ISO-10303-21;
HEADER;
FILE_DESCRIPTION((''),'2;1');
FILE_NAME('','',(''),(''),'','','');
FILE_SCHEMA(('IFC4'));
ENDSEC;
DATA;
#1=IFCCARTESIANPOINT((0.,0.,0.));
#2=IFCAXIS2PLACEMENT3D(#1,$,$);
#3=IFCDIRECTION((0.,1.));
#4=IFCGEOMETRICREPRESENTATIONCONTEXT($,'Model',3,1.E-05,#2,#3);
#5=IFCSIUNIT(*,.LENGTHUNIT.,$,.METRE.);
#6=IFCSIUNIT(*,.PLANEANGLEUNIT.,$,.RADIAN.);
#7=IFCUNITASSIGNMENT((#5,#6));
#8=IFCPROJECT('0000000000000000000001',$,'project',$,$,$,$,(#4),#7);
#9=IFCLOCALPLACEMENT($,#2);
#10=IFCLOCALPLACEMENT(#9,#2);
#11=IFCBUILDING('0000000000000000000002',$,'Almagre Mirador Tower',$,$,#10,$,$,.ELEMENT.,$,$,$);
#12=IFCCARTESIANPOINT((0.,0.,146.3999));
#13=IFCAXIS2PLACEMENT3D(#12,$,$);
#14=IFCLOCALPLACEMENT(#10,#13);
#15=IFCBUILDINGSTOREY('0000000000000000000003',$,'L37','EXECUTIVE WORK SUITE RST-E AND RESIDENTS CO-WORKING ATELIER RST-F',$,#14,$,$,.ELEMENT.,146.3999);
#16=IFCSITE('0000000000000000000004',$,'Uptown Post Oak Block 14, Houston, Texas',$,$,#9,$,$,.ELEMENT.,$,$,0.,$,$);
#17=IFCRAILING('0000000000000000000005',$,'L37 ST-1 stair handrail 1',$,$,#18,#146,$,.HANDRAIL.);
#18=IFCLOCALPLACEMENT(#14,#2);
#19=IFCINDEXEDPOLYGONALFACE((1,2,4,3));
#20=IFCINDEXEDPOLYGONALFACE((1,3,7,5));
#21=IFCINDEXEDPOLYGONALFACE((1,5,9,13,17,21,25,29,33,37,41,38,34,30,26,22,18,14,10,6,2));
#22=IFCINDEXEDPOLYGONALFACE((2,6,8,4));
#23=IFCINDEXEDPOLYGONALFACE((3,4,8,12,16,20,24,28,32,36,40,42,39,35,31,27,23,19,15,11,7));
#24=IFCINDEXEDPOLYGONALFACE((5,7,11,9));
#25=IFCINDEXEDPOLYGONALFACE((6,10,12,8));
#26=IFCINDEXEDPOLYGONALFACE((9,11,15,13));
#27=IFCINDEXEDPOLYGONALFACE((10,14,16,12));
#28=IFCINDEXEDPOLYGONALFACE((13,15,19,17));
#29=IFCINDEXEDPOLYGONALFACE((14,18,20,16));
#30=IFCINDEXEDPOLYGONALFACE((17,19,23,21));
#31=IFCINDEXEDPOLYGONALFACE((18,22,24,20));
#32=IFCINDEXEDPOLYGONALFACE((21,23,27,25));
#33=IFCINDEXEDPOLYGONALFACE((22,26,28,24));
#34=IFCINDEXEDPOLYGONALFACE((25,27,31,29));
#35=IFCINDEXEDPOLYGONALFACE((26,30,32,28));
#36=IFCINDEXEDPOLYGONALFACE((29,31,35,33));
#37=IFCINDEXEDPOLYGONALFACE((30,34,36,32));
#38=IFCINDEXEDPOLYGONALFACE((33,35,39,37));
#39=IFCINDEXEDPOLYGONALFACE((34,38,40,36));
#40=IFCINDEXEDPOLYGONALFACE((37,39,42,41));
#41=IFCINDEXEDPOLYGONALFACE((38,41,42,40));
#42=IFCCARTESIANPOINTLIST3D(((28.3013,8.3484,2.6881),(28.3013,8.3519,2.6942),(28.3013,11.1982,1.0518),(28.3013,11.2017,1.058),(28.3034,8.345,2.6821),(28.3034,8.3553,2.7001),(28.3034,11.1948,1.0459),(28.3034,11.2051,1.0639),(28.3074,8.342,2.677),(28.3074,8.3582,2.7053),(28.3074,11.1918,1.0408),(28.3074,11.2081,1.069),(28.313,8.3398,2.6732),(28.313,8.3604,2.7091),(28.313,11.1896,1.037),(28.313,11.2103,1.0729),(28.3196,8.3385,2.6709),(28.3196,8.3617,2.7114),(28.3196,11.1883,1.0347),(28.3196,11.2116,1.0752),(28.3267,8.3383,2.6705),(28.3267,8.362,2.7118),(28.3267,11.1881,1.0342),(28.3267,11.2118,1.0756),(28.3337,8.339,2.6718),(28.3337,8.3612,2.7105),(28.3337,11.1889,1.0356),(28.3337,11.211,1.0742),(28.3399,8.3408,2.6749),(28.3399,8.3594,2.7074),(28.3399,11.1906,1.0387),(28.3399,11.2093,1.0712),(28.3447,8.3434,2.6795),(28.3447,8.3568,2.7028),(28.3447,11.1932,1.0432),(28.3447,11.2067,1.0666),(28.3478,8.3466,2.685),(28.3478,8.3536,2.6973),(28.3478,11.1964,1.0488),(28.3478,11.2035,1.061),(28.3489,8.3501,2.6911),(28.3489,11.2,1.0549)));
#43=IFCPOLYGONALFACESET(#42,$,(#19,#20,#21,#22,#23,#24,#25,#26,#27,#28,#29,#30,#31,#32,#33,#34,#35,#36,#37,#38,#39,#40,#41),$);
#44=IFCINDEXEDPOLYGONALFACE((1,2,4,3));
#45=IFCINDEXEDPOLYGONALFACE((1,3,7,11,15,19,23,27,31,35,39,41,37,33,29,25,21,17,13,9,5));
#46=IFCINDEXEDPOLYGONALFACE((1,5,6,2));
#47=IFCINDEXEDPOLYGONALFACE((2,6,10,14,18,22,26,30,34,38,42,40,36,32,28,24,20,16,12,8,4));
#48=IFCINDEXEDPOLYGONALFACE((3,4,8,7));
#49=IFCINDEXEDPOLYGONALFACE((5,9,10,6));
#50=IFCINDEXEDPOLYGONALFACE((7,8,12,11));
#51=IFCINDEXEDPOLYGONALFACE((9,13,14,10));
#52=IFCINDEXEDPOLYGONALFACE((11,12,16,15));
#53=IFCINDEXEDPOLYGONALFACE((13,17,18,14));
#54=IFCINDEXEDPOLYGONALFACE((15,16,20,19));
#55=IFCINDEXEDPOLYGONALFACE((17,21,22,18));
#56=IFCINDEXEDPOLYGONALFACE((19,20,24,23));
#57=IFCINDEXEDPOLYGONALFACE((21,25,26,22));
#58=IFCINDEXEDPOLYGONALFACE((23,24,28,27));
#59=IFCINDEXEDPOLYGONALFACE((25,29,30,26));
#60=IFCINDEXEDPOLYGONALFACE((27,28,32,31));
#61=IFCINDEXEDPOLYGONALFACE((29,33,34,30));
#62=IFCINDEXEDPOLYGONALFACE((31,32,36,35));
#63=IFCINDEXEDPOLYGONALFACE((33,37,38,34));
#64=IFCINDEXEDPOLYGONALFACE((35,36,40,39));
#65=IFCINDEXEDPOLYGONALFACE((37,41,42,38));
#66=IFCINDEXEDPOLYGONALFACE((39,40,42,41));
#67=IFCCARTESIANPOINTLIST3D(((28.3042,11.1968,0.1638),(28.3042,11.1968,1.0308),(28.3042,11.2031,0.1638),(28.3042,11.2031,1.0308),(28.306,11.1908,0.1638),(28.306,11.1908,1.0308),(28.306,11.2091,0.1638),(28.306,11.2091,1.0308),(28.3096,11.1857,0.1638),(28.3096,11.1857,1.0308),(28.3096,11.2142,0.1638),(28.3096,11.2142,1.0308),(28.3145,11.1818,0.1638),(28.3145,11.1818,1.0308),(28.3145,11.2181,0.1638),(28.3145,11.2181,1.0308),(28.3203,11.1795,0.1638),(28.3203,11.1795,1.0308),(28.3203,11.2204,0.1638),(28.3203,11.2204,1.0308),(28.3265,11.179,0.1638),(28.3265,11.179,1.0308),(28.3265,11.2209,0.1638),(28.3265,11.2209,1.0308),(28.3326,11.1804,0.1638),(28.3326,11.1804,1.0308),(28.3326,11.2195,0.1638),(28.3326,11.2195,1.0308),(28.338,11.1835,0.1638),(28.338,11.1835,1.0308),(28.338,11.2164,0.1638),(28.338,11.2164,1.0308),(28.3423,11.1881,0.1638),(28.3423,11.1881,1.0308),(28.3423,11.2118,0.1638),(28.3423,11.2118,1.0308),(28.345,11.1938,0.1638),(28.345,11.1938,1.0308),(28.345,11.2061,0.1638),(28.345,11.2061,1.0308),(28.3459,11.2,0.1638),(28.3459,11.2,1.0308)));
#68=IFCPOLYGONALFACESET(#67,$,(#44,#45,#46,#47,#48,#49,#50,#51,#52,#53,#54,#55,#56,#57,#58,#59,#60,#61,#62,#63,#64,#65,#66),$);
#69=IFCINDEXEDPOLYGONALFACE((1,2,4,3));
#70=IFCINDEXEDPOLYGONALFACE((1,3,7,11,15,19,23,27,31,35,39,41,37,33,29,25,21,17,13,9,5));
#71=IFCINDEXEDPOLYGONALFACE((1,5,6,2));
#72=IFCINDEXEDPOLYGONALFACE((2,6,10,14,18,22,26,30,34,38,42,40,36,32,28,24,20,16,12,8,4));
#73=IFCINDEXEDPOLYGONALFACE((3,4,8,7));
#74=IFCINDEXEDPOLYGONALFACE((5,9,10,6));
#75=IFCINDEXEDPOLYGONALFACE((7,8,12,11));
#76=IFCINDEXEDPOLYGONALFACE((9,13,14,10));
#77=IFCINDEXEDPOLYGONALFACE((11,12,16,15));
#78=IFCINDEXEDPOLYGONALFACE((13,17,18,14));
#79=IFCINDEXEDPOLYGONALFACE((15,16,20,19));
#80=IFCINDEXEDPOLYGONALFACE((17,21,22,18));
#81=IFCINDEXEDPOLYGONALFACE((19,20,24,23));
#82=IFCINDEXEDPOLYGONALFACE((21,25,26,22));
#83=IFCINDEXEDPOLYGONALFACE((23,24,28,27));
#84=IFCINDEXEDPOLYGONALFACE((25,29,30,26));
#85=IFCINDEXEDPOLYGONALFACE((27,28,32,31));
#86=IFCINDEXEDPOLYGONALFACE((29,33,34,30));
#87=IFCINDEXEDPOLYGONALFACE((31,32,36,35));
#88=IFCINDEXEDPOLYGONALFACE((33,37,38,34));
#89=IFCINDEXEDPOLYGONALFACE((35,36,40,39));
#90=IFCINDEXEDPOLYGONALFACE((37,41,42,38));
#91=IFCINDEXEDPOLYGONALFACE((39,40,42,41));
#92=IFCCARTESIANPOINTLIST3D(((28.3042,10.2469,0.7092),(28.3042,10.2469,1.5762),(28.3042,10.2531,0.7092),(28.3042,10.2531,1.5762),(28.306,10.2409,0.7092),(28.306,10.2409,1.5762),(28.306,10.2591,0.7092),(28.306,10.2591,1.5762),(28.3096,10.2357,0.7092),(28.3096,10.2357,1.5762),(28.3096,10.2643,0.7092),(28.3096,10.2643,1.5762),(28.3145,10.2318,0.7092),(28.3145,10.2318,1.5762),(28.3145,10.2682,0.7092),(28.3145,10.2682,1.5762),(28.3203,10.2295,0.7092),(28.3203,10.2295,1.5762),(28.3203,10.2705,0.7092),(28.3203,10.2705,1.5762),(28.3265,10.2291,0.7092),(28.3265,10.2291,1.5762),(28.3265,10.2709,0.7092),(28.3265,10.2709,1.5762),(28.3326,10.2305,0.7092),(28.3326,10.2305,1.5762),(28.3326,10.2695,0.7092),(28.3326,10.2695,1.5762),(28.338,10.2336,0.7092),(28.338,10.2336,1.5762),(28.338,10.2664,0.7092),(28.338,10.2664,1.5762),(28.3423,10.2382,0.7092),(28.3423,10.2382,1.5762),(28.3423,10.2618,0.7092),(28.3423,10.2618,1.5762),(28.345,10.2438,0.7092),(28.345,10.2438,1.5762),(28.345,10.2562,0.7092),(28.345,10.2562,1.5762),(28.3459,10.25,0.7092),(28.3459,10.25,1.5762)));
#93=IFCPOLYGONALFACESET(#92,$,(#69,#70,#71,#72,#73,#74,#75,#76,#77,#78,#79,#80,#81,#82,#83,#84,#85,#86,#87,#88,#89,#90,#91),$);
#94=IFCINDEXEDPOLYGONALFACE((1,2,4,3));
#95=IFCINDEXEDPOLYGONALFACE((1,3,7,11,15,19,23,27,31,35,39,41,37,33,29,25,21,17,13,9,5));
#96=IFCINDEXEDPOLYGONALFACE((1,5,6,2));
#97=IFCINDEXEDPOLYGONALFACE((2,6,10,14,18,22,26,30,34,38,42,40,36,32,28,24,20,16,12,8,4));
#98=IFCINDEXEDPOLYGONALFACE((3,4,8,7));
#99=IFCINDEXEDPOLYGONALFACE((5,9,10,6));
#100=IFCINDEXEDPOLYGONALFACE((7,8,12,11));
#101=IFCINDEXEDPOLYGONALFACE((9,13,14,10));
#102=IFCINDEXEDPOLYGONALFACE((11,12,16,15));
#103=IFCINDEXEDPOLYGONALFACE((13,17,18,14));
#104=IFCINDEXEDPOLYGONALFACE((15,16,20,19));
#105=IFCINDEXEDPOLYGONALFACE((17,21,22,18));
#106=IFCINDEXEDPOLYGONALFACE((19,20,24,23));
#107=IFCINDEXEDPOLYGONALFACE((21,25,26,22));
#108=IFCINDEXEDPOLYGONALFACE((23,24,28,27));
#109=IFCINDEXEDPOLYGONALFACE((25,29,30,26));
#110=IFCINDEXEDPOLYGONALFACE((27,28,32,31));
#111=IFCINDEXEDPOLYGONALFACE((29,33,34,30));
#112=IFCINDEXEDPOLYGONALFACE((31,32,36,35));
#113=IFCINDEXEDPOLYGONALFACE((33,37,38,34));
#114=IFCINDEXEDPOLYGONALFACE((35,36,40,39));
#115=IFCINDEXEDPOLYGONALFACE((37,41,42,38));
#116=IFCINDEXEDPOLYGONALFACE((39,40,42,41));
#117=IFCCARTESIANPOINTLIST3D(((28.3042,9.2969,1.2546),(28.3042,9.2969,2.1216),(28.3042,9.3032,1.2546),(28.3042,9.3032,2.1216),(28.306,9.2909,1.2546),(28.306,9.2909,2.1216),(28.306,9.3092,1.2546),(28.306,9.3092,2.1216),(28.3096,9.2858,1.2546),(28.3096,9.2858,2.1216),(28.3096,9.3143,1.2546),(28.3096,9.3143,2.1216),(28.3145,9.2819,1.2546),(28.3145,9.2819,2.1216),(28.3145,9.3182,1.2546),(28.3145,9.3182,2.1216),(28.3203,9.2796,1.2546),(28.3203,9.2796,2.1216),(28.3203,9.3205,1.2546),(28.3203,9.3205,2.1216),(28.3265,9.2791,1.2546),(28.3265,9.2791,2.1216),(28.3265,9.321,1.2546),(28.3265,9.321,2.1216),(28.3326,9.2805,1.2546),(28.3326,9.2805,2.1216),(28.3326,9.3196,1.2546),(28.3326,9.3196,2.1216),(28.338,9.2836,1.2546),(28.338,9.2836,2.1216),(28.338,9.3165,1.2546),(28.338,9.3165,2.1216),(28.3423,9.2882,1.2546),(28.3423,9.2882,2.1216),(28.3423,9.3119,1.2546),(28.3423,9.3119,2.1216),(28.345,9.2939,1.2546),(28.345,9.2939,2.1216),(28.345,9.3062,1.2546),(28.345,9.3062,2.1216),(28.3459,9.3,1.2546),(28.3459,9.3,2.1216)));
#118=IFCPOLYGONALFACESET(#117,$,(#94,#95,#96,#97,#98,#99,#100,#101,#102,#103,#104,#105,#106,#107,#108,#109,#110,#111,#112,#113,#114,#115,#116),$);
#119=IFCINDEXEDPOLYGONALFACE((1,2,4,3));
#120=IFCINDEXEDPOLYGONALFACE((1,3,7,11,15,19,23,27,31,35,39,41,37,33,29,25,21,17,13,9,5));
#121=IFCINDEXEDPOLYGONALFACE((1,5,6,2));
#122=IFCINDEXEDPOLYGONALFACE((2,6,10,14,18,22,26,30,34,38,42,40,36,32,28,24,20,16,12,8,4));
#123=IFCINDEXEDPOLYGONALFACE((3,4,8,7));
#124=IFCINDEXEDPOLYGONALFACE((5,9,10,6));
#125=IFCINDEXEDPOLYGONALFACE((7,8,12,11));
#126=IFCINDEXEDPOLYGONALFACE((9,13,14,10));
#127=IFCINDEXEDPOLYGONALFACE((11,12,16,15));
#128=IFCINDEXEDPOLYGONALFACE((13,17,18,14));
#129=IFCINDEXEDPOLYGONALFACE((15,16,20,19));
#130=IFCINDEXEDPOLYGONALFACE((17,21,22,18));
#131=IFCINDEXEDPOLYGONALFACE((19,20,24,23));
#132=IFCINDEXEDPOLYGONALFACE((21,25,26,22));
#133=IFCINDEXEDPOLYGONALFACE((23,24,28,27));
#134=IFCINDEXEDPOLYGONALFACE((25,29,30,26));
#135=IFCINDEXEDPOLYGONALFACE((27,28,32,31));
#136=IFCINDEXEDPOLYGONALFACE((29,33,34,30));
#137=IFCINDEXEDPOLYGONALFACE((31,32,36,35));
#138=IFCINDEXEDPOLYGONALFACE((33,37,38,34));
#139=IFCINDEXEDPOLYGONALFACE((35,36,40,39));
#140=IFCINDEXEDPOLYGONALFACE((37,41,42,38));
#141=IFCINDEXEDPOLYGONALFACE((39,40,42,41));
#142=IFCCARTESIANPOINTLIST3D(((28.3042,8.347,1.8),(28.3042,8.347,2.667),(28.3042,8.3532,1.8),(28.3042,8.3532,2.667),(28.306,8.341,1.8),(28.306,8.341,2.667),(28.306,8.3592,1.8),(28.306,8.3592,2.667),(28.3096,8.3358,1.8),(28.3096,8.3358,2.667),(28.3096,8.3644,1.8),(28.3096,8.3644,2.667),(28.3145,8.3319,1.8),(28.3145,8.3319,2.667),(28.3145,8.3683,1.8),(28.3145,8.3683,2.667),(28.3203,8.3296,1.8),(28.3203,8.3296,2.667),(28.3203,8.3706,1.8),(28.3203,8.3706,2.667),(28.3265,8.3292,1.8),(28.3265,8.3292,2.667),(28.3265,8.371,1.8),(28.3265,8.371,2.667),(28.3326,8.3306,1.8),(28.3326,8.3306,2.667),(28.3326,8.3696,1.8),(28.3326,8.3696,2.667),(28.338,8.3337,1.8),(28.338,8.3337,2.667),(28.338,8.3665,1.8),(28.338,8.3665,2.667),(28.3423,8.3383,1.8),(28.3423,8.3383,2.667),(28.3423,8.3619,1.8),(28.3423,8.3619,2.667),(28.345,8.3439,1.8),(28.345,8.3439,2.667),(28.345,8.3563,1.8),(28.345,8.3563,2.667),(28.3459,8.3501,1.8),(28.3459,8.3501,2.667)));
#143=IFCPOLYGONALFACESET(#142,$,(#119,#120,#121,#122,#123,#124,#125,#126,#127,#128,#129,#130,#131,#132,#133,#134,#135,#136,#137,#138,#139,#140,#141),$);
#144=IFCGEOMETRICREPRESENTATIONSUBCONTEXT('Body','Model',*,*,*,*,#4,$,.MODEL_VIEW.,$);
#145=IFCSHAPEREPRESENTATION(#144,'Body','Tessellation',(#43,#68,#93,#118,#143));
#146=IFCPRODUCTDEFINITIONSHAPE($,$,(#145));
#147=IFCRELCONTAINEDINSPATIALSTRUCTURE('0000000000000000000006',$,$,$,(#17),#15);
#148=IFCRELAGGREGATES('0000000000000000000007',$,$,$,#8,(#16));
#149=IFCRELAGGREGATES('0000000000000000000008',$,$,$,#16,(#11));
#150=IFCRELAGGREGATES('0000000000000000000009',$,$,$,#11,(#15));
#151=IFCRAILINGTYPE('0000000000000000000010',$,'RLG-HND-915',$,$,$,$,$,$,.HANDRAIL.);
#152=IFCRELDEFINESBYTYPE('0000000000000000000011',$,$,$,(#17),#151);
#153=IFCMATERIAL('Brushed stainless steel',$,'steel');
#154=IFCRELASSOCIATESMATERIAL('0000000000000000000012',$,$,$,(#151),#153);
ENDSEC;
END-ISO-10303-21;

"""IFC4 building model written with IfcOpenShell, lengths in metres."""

from ifc_helpers import new_model, si_unit, direction, frame, origin, origin_2d, place, context, subcontext, project, spatial, circle, extrude, material, type_object, element, save


model = new_model("IFC4")

# Units and contexts
model_context = context("Model", 3, precision=1e-05, world=origin(), true_north=direction((0.0, 1.0)))
body_context = subcontext(model_context, "Body", "Model", "MODEL_VIEW")
ifc_project = project(units=[si_unit("LENGTHUNIT", "METRE"), si_unit("PLANEANGLEUNIT", "RADIAN")], contexts=[model_context])

# Site, building, storey
site_placement = place(None, origin())
site = spatial("IfcSite", under=ifc_project, at=site_placement, Name="Uptown Post Oak Block 14, Houston, Texas", CompositionType="ELEMENT", RefElevation=0.0)
building_placement = place(site_placement, origin())
building = spatial("IfcBuilding", under=site, at=building_placement, Name="Almagre Mirador Tower", CompositionType="ELEMENT")
storey_placement = place(building_placement, frame((0.0, 0.0, 146.3999)))
storey = spatial("IfcBuildingStorey", under=building, at=storey_placement, Name="L37", Description="EXECUTIVE WORK SUITE RST-E AND RESIDENTS CO-WORKING ATELIER RST-F", CompositionType="ELEMENT", Elevation=146.3999)

# Railing
ifc_material_1 = material(Name="Brushed stainless steel", Category="steel")
railing_type_1 = type_object("IfcRailingType", Name="RLG-HND-915", PredefinedType="HANDRAIL", material=ifc_material_1)
railing_1_placement = place(storey_placement, frame((28.325, 11.2, 0.1638)))
element("IfcRailing", 1, at=railing_1_placement, inside=storey, type_object=railing_type_1, Name="L37 ST-1 stair handrail 1", PredefinedType="HANDRAIL", context=body_context, shape_type="SweptSolid", body=[
    extrude(circle(Radius=0.0239, at=origin_2d()), frame((0.0, 0.0, 0.8911), z_axis=(0.0, -0.867226, 0.497914), x_axis=(1.0, 0.0, 0.0)), (0.0, 0.0, 1.0), 3.2861),
    extrude(circle(Radius=0.021, at=origin_2d()), origin(), (0.0, 0.0, 1.0), 0.8669),
    extrude(circle(Radius=0.021, at=origin_2d()), frame((0.0, -0.95, 0.5454)), (0.0, 0.0, 1.0), 0.8669),
    extrude(circle(Radius=0.021, at=origin_2d()), frame((0.0, -1.8999, 1.0908)), (0.0, 0.0, 1.0), 0.8669),
    extrude(circle(Radius=0.021, at=origin_2d()), frame((0.0, -2.8499, 1.6362)), (0.0, 0.0, 1.0), 0.8669),
])

save(model, "model.ifc")
